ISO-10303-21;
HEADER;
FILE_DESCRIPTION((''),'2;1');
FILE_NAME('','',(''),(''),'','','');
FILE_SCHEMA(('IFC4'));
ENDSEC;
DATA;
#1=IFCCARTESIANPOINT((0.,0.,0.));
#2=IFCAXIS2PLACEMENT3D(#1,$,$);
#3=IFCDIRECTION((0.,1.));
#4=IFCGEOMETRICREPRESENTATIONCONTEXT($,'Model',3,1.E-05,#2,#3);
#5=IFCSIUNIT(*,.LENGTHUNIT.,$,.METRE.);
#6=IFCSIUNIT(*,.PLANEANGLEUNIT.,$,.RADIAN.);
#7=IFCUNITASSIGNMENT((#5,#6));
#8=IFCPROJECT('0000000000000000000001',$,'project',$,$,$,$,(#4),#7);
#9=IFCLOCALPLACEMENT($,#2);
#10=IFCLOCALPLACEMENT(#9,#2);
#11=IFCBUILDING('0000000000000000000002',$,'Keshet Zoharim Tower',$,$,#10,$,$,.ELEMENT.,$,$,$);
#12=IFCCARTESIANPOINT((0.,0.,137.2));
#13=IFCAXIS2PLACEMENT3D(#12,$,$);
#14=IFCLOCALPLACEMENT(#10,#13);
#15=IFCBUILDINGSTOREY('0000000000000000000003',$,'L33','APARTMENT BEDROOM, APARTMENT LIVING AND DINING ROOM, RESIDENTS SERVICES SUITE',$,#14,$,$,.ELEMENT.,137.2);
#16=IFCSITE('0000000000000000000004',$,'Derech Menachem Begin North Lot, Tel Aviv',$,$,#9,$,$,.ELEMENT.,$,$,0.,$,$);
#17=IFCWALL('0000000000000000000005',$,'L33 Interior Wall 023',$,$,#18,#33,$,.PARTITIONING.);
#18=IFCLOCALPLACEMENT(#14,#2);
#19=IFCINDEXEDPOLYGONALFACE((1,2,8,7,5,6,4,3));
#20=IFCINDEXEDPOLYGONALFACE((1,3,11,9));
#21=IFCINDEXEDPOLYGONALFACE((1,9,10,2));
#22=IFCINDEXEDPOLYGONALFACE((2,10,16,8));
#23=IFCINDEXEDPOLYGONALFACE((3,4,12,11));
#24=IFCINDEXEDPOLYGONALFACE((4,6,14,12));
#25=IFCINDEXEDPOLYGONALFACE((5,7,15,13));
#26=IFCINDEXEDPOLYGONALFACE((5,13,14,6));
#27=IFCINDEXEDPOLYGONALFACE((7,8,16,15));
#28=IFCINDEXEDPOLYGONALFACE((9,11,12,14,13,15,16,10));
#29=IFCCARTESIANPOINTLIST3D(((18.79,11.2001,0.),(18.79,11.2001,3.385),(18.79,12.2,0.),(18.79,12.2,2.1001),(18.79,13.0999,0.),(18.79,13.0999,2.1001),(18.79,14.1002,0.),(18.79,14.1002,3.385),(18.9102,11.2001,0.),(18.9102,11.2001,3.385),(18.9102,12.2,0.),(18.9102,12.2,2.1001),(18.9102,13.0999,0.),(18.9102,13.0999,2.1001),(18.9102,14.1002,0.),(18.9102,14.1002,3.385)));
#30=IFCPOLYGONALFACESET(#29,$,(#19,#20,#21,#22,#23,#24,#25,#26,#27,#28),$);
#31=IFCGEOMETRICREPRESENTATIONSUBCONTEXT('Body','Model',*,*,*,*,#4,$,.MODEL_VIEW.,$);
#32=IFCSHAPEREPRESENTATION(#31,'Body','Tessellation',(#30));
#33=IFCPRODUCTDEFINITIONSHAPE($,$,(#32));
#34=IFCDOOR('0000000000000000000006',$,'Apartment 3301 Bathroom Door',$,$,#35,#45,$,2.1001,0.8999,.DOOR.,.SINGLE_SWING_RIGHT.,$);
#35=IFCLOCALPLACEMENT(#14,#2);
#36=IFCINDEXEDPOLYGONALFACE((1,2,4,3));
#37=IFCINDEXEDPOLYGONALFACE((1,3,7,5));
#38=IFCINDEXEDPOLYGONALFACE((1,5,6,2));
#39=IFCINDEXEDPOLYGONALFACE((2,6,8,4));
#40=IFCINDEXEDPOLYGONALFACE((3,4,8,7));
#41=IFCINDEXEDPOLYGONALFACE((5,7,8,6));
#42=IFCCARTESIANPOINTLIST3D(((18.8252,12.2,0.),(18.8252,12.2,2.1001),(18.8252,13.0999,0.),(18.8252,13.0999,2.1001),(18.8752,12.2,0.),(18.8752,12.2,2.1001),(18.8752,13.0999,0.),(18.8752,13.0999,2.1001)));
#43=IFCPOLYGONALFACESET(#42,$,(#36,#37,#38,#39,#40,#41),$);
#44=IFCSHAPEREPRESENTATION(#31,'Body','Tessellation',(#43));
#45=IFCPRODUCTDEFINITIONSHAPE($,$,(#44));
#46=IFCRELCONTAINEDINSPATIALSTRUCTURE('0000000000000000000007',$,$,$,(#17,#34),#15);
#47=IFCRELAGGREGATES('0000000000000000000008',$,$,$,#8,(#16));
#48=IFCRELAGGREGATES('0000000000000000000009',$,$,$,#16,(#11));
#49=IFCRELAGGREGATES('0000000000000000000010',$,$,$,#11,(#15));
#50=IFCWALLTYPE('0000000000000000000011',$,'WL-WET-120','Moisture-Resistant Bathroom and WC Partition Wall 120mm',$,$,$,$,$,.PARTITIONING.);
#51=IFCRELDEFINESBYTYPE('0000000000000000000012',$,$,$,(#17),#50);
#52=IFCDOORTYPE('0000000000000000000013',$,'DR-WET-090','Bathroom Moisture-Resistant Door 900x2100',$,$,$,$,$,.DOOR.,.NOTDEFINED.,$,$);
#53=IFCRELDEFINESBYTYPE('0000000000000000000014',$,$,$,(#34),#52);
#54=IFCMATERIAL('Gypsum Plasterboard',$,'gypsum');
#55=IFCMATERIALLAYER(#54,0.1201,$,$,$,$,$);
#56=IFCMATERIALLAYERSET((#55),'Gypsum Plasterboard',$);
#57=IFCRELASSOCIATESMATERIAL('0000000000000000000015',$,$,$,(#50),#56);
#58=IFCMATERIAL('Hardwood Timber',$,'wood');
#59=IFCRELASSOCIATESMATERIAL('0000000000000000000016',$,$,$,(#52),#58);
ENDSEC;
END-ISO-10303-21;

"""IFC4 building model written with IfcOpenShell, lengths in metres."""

from ifc_helpers import new_model, si_unit, direction, frame, frame_2d, origin, place, context, subcontext, project, spatial, rectangle, extrude, material, layer, layer_set, type_object, element, fill, save


model = new_model("IFC4")

# Units and contexts
model_context = context("Model", 3, precision=1e-05, world=origin(), true_north=direction((0.0, 1.0)))
body_context = subcontext(model_context, "Body", "Model", "MODEL_VIEW")
ifc_project = project(units=[si_unit("LENGTHUNIT", "METRE"), si_unit("PLANEANGLEUNIT", "RADIAN")], contexts=[model_context])

# Site, building, storey
site_placement = place(None, origin())
site = spatial("IfcSite", under=ifc_project, at=site_placement, Name="Derech Menachem Begin North Lot, Tel Aviv", CompositionType="ELEMENT", RefElevation=0.0)
building_placement = place(site_placement, origin())
building = spatial("IfcBuilding", under=site, at=building_placement, Name="Keshet Zoharim Tower", CompositionType="ELEMENT")
storey_placement = place(building_placement, frame((0.0, 0.0, 137.2)))
storey = spatial("IfcBuildingStorey", under=building, at=storey_placement, Name="L33", Description="APARTMENT BEDROOM, APARTMENT LIVING AND DINING ROOM, RESIDENTS SERVICES SUITE", CompositionType="ELEMENT", Elevation=137.2)

# Shared definitions
ifc_material_1 = material(Name="Gypsum Plasterboard", Category="gypsum")
ifc_material_2 = material(Name="Hardwood Timber", Category="wood")

# Wall, opening, door
ifc_layer_1 = layer(ifc_material_1, 0.1201)
ifc_layer_set_1 = layer_set([ifc_layer_1], Name="Gypsum Plasterboard")
wall_type_1 = type_object("IfcWallType", Name="WL-WET-120", Description="Moisture-Resistant Bathroom and WC Partition Wall 120mm", PredefinedType="PARTITIONING", material=ifc_layer_set_1)
wall_1_placement = place(storey_placement, frame((18.8501, 11.2, 0.0), z_axis=(0.0, 0.0, 1.0), x_axis=(0.0, 1.0, 0.0)))
wall_1 = element("IfcWall", 1, at=wall_1_placement, inside=storey, type_object=wall_type_1, Name="L33 Interior Wall 023", PredefinedType="PARTITIONING", context=body_context, shape_type="SweptSolid", body=[
    extrude(rectangle(XDim=2.9001, YDim=0.1201, at=frame_2d((1.4502, 0.0))), origin(), (0.0, 0.0, 1.0), 3.385),
])
opening_1_placement = place(wall_1_placement, frame((1.0, 0.0, 0.0)))
opening_1 = element("IfcOpeningElement", 2, at=opening_1_placement, cuts=wall_1, PredefinedType="OPENING", context=body_context, shape_type="SweptSolid", body=[
    extrude(rectangle(XDim=0.8999, YDim=2.1001, at=frame_2d((0.45, 1.05))), frame((0.0, 0.0701, 0.0), z_axis=(0.0, -1.0, 0.0), x_axis=(1.0, 0.0, 0.0)), (0.0, 0.0, 1.0), 0.1401),
])
door_type_1 = type_object("IfcDoorType", Name="DR-WET-090", Description="Bathroom Moisture-Resistant Door 900x2100", OperationType="NOTDEFINED", PredefinedType="DOOR", material=ifc_material_2)
door_1_placement = place(opening_1_placement, origin())
door_1 = element("IfcDoor", 3, at=door_1_placement, inside=storey, type_object=door_type_1, Name="Apartment 3301 Bathroom Door", OperationType="SINGLE_SWING_RIGHT", OverallHeight=2.1001, OverallWidth=0.8999, PredefinedType="DOOR", context=body_context, shape_type="SweptSolid", body=[
    extrude(rectangle(XDim=0.8999, YDim=2.1001, at=frame_2d((0.45, 1.05))), frame((0.0, 0.0249, 0.0), z_axis=(0.0, -1.0, 0.0), x_axis=(1.0, 0.0, 0.0)), (0.0, 0.0, 1.0), 0.05),
])
fill(opening_1, door_1)

save(model, "model.ifc")
